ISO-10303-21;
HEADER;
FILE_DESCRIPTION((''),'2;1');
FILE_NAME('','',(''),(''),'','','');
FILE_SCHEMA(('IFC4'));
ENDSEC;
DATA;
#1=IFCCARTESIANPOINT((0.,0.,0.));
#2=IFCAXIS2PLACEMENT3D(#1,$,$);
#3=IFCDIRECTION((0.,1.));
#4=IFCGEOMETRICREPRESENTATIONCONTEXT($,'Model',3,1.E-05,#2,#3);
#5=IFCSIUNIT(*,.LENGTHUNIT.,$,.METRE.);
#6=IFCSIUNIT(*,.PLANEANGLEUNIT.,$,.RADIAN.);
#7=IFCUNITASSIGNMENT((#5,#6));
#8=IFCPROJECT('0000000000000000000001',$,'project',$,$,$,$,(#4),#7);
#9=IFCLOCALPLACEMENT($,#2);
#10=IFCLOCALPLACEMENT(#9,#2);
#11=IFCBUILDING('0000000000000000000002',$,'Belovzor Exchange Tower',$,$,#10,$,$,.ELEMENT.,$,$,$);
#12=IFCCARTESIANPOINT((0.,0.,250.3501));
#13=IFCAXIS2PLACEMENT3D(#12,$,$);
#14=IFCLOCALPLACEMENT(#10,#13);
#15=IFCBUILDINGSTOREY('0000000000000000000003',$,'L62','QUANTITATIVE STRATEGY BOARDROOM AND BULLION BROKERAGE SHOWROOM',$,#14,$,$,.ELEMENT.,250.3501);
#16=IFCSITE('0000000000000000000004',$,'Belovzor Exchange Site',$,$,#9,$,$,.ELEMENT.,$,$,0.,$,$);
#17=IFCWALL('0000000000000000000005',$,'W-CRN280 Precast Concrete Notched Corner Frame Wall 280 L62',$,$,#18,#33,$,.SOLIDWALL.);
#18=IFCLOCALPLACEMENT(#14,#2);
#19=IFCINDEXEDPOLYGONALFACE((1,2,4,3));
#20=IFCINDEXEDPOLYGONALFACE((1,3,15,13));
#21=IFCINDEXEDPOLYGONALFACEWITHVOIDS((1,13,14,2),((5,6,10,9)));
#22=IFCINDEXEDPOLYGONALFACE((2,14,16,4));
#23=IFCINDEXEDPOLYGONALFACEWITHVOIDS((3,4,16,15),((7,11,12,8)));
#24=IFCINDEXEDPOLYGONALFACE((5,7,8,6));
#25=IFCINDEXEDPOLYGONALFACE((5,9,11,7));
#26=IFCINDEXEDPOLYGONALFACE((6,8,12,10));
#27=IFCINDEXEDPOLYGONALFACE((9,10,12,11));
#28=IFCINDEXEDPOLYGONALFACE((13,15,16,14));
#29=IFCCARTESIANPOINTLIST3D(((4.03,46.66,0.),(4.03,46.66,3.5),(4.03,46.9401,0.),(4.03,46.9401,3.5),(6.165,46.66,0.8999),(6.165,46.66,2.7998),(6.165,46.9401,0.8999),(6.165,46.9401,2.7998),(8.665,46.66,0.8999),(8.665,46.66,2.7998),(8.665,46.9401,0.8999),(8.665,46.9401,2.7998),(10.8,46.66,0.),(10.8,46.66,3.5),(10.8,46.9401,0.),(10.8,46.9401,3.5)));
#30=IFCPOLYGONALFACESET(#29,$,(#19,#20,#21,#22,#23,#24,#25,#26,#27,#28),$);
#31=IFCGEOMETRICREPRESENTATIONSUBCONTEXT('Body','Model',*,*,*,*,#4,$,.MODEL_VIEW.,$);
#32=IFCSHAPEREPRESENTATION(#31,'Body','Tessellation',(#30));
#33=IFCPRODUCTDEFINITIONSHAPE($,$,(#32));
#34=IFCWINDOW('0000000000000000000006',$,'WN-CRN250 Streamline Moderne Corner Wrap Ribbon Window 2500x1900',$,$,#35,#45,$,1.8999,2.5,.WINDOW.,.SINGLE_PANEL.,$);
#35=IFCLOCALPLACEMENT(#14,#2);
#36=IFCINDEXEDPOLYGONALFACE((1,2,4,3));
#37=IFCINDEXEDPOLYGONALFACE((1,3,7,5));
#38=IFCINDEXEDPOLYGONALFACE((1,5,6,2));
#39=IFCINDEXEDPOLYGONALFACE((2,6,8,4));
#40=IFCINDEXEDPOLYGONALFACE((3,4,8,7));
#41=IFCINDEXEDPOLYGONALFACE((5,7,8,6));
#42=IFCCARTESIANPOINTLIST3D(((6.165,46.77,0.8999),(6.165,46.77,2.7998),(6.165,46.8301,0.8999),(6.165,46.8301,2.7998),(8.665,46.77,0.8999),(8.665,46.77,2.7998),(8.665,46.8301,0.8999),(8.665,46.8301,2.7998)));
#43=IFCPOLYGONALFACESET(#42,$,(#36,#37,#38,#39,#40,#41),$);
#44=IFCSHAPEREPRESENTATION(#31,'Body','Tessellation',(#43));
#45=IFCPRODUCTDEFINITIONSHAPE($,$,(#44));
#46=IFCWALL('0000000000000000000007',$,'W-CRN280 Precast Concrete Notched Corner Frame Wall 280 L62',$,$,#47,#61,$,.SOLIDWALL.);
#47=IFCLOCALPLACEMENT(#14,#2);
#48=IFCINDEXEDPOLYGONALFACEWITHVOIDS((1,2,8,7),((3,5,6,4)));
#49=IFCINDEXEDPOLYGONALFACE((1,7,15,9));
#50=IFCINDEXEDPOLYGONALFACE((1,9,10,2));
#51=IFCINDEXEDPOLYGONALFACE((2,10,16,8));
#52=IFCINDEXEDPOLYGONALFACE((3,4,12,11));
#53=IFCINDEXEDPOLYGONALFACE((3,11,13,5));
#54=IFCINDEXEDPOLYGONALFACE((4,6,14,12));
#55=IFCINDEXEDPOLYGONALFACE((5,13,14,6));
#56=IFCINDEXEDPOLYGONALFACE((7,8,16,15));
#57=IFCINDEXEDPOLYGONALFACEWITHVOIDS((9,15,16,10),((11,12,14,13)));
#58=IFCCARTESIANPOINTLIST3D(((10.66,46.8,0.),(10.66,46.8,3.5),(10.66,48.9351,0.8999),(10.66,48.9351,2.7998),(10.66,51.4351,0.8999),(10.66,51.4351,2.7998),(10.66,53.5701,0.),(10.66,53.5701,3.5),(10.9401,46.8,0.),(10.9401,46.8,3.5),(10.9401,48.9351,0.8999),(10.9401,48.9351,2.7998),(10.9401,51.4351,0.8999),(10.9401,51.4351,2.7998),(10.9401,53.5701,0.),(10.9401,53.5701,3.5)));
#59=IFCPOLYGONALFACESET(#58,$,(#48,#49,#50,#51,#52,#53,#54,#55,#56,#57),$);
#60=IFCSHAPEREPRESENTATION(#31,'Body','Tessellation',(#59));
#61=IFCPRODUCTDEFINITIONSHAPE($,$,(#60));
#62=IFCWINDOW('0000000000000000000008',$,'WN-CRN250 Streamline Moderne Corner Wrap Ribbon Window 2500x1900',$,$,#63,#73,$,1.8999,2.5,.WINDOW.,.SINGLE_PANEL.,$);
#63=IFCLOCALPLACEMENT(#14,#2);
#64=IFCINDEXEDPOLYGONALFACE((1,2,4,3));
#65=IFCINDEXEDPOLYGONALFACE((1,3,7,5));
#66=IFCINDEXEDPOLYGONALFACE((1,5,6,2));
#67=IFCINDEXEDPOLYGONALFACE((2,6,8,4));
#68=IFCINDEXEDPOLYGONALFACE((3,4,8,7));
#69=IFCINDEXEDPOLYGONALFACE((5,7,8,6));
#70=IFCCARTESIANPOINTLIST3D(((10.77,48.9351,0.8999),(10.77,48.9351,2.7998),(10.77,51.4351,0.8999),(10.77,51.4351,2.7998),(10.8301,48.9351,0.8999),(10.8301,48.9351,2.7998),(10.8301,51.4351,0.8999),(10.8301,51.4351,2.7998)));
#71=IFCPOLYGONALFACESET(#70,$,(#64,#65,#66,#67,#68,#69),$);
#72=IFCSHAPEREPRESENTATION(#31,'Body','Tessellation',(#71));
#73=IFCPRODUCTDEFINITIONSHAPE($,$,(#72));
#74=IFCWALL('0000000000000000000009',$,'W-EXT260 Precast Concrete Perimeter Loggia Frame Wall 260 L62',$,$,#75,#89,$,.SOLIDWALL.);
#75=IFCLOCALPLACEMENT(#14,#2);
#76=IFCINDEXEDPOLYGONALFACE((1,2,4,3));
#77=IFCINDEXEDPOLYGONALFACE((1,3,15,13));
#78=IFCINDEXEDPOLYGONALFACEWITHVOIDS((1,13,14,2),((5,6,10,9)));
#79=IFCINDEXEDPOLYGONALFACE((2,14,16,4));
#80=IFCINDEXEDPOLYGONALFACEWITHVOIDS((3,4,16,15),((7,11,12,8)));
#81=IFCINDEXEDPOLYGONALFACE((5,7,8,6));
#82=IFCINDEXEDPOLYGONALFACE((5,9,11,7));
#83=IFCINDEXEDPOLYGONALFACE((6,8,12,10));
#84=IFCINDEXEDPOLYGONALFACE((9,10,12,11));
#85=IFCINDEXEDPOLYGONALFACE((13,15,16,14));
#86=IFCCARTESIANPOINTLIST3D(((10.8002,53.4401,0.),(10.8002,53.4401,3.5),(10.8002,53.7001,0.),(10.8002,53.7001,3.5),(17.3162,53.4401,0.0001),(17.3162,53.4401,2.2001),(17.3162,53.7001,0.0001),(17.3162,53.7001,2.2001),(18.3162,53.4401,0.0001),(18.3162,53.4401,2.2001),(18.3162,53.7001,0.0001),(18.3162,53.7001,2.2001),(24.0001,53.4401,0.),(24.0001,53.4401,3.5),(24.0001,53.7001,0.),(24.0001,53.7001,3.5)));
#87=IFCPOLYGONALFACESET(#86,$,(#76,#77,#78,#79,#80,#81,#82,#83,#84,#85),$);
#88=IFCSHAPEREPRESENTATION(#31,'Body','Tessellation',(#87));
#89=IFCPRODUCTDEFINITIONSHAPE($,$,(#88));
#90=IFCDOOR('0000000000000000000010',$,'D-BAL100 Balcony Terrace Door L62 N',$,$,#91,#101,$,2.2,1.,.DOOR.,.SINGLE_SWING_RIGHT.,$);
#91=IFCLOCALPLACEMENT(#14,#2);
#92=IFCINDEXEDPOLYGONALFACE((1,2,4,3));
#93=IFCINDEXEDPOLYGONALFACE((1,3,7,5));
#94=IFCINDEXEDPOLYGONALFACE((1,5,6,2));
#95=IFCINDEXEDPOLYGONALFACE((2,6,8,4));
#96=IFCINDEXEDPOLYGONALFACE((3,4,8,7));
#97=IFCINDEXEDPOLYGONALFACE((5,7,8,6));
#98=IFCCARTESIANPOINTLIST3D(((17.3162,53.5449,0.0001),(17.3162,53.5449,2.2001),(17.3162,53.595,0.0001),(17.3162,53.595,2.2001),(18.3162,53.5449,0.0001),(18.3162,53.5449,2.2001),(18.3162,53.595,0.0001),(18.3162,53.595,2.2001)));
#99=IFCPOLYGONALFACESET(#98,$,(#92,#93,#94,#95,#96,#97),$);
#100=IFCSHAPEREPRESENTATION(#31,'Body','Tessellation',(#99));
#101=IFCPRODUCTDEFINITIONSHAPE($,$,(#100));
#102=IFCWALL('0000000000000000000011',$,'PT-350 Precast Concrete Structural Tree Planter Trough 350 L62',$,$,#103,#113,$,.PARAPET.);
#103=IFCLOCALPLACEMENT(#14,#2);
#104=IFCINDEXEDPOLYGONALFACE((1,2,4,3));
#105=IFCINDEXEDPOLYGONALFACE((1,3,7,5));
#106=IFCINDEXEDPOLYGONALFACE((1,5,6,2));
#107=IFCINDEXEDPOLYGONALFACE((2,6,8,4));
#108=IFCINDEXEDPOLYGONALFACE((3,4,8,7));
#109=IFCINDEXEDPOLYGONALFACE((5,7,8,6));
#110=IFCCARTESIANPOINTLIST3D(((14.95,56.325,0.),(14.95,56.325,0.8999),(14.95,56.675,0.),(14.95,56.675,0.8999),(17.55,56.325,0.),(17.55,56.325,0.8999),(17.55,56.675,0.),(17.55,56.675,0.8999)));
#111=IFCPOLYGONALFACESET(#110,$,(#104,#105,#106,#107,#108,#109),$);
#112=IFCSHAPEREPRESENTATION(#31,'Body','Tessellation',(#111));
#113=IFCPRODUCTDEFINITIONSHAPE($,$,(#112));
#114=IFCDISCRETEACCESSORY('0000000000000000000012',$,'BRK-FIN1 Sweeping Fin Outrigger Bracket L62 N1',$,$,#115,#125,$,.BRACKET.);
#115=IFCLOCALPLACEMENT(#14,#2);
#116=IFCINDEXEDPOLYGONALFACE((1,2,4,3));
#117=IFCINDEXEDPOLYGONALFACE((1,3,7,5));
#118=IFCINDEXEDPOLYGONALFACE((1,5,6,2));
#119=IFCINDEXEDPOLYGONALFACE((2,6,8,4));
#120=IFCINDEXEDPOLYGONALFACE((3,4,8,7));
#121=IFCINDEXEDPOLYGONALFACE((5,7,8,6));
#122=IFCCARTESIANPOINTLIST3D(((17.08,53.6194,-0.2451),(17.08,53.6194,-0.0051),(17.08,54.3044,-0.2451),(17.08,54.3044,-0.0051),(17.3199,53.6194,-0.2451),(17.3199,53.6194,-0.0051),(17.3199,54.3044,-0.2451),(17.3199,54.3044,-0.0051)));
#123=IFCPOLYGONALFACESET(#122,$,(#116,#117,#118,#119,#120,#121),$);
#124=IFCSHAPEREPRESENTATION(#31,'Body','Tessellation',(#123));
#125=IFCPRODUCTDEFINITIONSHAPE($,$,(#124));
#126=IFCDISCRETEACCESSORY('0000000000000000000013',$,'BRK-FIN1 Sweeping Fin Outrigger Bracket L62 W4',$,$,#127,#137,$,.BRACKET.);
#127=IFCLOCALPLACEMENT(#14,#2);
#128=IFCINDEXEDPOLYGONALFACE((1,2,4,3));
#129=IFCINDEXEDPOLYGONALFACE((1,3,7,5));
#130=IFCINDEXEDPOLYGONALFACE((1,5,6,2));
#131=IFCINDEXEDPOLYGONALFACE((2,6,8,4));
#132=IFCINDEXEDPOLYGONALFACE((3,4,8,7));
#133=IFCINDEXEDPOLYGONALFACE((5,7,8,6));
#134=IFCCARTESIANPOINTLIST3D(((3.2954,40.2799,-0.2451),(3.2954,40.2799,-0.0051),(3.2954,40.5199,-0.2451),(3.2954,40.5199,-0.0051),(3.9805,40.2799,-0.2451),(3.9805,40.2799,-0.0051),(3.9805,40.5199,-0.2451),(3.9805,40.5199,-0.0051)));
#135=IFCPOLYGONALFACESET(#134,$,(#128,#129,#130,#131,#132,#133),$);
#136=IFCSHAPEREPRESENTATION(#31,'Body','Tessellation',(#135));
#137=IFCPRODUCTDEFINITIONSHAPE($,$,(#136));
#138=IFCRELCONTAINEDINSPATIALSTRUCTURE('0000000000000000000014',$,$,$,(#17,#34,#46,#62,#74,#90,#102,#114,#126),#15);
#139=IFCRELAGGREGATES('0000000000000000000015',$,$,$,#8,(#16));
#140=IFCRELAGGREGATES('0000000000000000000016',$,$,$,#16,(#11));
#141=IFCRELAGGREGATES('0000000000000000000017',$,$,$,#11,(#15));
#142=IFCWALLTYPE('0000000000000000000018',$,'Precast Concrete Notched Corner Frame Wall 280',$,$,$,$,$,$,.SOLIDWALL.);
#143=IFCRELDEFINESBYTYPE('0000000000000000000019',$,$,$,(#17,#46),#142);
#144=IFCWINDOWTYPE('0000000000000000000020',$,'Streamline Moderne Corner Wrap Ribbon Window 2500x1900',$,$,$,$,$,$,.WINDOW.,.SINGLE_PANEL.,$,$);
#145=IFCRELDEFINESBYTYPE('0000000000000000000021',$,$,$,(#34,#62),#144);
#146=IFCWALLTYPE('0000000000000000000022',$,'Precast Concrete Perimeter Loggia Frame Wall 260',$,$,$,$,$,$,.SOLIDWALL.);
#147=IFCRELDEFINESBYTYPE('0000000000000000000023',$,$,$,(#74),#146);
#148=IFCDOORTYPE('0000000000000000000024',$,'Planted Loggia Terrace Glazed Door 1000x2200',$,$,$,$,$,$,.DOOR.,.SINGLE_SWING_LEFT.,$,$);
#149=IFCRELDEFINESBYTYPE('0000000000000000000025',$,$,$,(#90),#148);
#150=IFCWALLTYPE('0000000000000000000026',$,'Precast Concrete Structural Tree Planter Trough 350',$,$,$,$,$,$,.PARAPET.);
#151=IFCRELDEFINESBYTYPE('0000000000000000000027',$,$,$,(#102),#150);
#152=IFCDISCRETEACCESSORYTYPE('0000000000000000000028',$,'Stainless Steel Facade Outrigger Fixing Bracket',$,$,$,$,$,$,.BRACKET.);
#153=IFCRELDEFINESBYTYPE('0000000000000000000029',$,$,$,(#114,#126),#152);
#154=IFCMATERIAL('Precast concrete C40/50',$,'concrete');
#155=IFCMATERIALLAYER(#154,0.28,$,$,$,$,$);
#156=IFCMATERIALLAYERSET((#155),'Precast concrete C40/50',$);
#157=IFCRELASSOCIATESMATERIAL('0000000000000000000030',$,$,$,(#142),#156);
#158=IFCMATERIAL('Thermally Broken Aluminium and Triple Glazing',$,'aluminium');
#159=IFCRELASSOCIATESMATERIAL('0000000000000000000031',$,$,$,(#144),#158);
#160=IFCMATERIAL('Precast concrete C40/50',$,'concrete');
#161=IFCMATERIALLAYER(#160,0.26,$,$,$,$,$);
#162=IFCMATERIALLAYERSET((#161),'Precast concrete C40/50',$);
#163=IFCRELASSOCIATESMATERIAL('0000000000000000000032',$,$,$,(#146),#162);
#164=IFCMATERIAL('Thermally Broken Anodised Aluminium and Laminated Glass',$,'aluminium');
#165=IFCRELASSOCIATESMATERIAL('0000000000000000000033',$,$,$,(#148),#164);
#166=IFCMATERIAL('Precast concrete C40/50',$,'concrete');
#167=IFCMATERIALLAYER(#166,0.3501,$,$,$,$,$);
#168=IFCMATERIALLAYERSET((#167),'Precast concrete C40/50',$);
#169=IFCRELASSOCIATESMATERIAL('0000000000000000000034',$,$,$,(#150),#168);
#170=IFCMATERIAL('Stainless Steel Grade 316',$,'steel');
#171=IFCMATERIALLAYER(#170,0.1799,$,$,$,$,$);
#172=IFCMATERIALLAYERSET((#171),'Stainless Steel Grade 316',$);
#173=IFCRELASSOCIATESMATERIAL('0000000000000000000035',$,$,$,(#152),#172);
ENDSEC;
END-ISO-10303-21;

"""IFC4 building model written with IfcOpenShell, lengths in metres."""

from ifc_helpers import new_model, si_unit, direction, frame, frame_2d, origin, origin_2d, place, context, subcontext, project, spatial, rectangle, extrude, material, layer, layer_set, type_object, element, fill, save


model = new_model("IFC4")

# Units and contexts
model_context = context("Model", 3, precision=1e-05, world=origin(), true_north=direction((0.0, 1.0)))
body_context = subcontext(model_context, "Body", "Model", "MODEL_VIEW")
ifc_project = project(units=[si_unit("LENGTHUNIT", "METRE"), si_unit("PLANEANGLEUNIT", "RADIAN")], contexts=[model_context])

# Site, building, storey
site_placement = place(None, origin())
site = spatial("IfcSite", under=ifc_project, at=site_placement, Name="Belovzor Exchange Site", CompositionType="ELEMENT", RefElevation=0.0)
building_placement = place(site_placement, origin())
building = spatial("IfcBuilding", under=site, at=building_placement, Name="Belovzor Exchange Tower", CompositionType="ELEMENT")
storey_placement = place(building_placement, frame((0.0, 0.0, 250.3501)))
storey = spatial("IfcBuildingStorey", under=building, at=storey_placement, Name="L62", Description="QUANTITATIVE STRATEGY BOARDROOM AND BULLION BROKERAGE SHOWROOM", CompositionType="ELEMENT", Elevation=250.3501)

# Walls, openings, windows
ifc_material_1 = material(Name="Precast concrete C40/50", Category="concrete")
ifc_layer_1 = layer(ifc_material_1, 0.28)
ifc_layer_set_1 = layer_set([ifc_layer_1], Name="Precast concrete C40/50")
wall_type_1 = type_object("IfcWallType", Name="Precast Concrete Notched Corner Frame Wall 280", PredefinedType="SOLIDWALL", material=ifc_layer_set_1)
wall_1_placement = place(storey_placement, frame((4.03, 46.8, 0.0), z_axis=(0.0, 0.0, 1.0), x_axis=(1.0, 0.0, 0.0)))
wall_1 = element("IfcWall", 1, at=wall_1_placement, inside=storey, type_object=wall_type_1, Name="W-CRN280 Precast Concrete Notched Corner Frame Wall 280 L62", PredefinedType="SOLIDWALL", context=body_context, shape_type="SweptSolid", body=[
    extrude(rectangle(XDim=6.77, YDim=0.28, at=frame_2d((3.385, 0.0))), origin(), (0.0, 0.0, 1.0), 3.5),
])
opening_1_placement = place(wall_1_placement, frame((2.135, 0.0, 0.8999)))
opening_1 = element("IfcOpeningElement", 2, at=opening_1_placement, cuts=wall_1, PredefinedType="OPENING", context=body_context, shape_type="SweptSolid", body=[
    extrude(rectangle(XDim=2.5, YDim=1.8999, at=frame_2d((1.25, 0.95))), frame((0.0, 0.1499, 0.0), z_axis=(0.0, -1.0, 0.0), x_axis=(1.0, 0.0, 0.0)), (0.0, 0.0, 1.0), 0.3),
])
ifc_material_2 = material(Name="Thermally Broken Aluminium and Triple Glazing", Category="aluminium")
window_type = type_object("IfcWindowType", Name="Streamline Moderne Corner Wrap Ribbon Window 2500x1900", PartitioningType="SINGLE_PANEL", PredefinedType="WINDOW", material=ifc_material_2)
window_1_placement = place(opening_1_placement, origin())
window_1 = element("IfcWindow", 3, at=window_1_placement, inside=storey, type_object=window_type, Name="WN-CRN250 Streamline Moderne Corner Wrap Ribbon Window 2500x1900", OverallHeight=1.8999, OverallWidth=2.5, PartitioningType="SINGLE_PANEL", PredefinedType="WINDOW", context=body_context, shape_type="SweptSolid", body=[
    extrude(rectangle(XDim=2.5, YDim=1.8999, at=frame_2d((1.25, 0.95))), frame((0.0, 0.03, 0.0), z_axis=(0.0, -1.0, 0.0), x_axis=(1.0, 0.0, 0.0)), (0.0, 0.0, 1.0), 0.0601),
])
fill(opening_1, window_1)
wall_2_placement = place(storey_placement, frame((10.8, 46.8, 0.0), z_axis=(0.0, 0.0, 1.0), x_axis=(0.0, 1.0, 0.0)))
wall_2 = element("IfcWall", 4, at=wall_2_placement, inside=storey, type_object=wall_type_1, Name="W-CRN280 Precast Concrete Notched Corner Frame Wall 280 L62", PredefinedType="SOLIDWALL", context=body_context, shape_type="SweptSolid", body=[
    extrude(rectangle(XDim=6.77, YDim=0.28, at=frame_2d((3.385, 0.0))), origin(), (0.0, 0.0, 1.0), 3.5),
])
opening_2_placement = place(wall_2_placement, frame((2.135, 0.0, 0.8999)))
opening_2 = element("IfcOpeningElement", 5, at=opening_2_placement, cuts=wall_2, PredefinedType="OPENING", context=body_context, shape_type="SweptSolid", body=[
    extrude(rectangle(XDim=2.5, YDim=1.8999, at=frame_2d((1.25, 0.95))), frame((0.0, 0.1499, 0.0), z_axis=(0.0, -1.0, 0.0), x_axis=(1.0, 0.0, 0.0)), (0.0, 0.0, 1.0), 0.3),
])
window_2_placement = place(opening_2_placement, origin())
window_2 = element("IfcWindow", 6, at=window_2_placement, inside=storey, type_object=window_type, Name="WN-CRN250 Streamline Moderne Corner Wrap Ribbon Window 2500x1900", OverallHeight=1.8999, OverallWidth=2.5, PartitioningType="SINGLE_PANEL", PredefinedType="WINDOW", context=body_context, shape_type="SweptSolid", body=[
    extrude(rectangle(XDim=2.5, YDim=1.8999, at=frame_2d((1.25, 0.95))), frame((0.0, 0.03, 0.0), z_axis=(0.0, -1.0, 0.0), x_axis=(1.0, 0.0, 0.0)), (0.0, 0.0, 1.0), 0.0601),
])
fill(opening_2, window_2)

# Wall, opening, door
ifc_material_3 = material(Name="Precast concrete C40/50", Category="concrete")
ifc_layer_2 = layer(ifc_material_3, 0.26)
ifc_layer_set_2 = layer_set([ifc_layer_2], Name="Precast concrete C40/50")
wall_type_2 = type_object("IfcWallType", Name="Precast Concrete Perimeter Loggia Frame Wall 260", PredefinedType="SOLIDWALL", material=ifc_layer_set_2)
wall_3_placement = place(storey_placement, frame((10.8, 53.5701, 0.0), z_axis=(0.0, 0.0, 1.0), x_axis=(1.0, 0.0, 0.0)))
wall_3 = element("IfcWall", 7, at=wall_3_placement, inside=storey, type_object=wall_type_2, Name="W-EXT260 Precast Concrete Perimeter Loggia Frame Wall 260 L62", PredefinedType="SOLIDWALL", context=body_context, shape_type="SweptSolid", body=[
    extrude(rectangle(XDim=13.2, YDim=0.26, at=frame_2d((6.6001, 0.0))), origin(), (0.0, 0.0, 1.0), 3.5),
])
opening_3_placement = place(wall_3_placement, frame((6.5161, 0.0, 0.0)))
opening_3 = element("IfcOpeningElement", 8, at=opening_3_placement, cuts=wall_3, PredefinedType="OPENING", context=body_context, shape_type="SweptSolid", body=[
    extrude(rectangle(XDim=1.0, YDim=2.2, at=frame_2d((0.5, 1.1001))), frame((0.0, 0.1399, 0.0), z_axis=(0.0, -1.0, 0.0), x_axis=(1.0, 0.0, 0.0)), (0.0, 0.0, 1.0), 0.28),
])
ifc_material_4 = material(Name="Thermally Broken Anodised Aluminium and Laminated Glass", Category="aluminium")
door_type_1 = type_object("IfcDoorType", Name="Planted Loggia Terrace Glazed Door 1000x2200", OperationType="SINGLE_SWING_LEFT", PredefinedType="DOOR", material=ifc_material_4)
door_1_placement = place(opening_3_placement, origin())
door_1 = element("IfcDoor", 9, at=door_1_placement, inside=storey, type_object=door_type_1, Name="D-BAL100 Balcony Terrace Door L62 N", OperationType="SINGLE_SWING_RIGHT", OverallHeight=2.2, OverallWidth=1.0, PredefinedType="DOOR", context=body_context, shape_type="SweptSolid", body=[
    extrude(rectangle(XDim=1.0, YDim=2.2, at=frame_2d((0.5, 1.1001))), frame((0.0, 0.0249, 0.0), z_axis=(0.0, -1.0, 0.0), x_axis=(1.0, 0.0, 0.0)), (0.0, 0.0, 1.0), 0.05),
])
fill(opening_3, door_1)

# Wall
ifc_material_5 = material(Name="Precast concrete C40/50", Category="concrete")
ifc_layer_3 = layer(ifc_material_5, 0.3501)
ifc_layer_set_3 = layer_set([ifc_layer_3], Name="Precast concrete C40/50")
wall_type_3 = type_object("IfcWallType", Name="Precast Concrete Structural Tree Planter Trough 350", PredefinedType="PARAPET", material=ifc_layer_set_3)
wall_4_placement = place(storey_placement, frame((14.95, 56.5, 0.0), z_axis=(0.0, 0.0, 1.0), x_axis=(1.0, 0.0, 0.0)))
element("IfcWall", 10, at=wall_4_placement, inside=storey, type_object=wall_type_3, Name="PT-350 Precast Concrete Structural Tree Planter Trough 350 L62", PredefinedType="PARAPET", context=body_context, shape_type="SweptSolid", body=[
    extrude(rectangle(XDim=2.6001, YDim=0.3501, at=frame_2d((1.3, 0.0))), origin(), (0.0, 0.0, 1.0), 0.8999),
])

# Discrete accessories
ifc_material_6 = material(Name="Stainless Steel Grade 316", Category="steel")
ifc_layer_4 = layer(ifc_material_6, 0.1799)
ifc_layer_set_4 = layer_set([ifc_layer_4], Name="Stainless Steel Grade 316")
discrete_accessory_type = type_object("IfcDiscreteAccessoryType", Name="Stainless Steel Facade Outrigger Fixing Bracket", PredefinedType="BRACKET", material=ifc_layer_set_4)
for number, where, z_axis, x_axis, name in (
    (11, (17.2, 53.9619, -0.2451), (0.0, 0.0, 1.0), (0.0, 1.0, 0.0), "BRK-FIN1 Sweeping Fin Outrigger Bracket L62 N1"),
    (12, (3.6379, 40.3999, -0.2451), (0.0, 0.0, 1.0), (1.0, 0.0, 0.0), "BRK-FIN1 Sweeping Fin Outrigger Bracket L62 W4"),
):
    element("IfcDiscreteAccessory", number, at=place(storey_placement, frame(where, z_axis=z_axis, x_axis=x_axis)), inside=storey, type_object=discrete_accessory_type, Name=name, PredefinedType="BRACKET", context=body_context, shape_type="SweptSolid", body=[
        extrude(rectangle(XDim=0.6851, YDim=0.24, at=origin_2d()), origin(), (0.0, 0.0, 1.0), 0.24),
    ])

save(model, "model.ifc")
